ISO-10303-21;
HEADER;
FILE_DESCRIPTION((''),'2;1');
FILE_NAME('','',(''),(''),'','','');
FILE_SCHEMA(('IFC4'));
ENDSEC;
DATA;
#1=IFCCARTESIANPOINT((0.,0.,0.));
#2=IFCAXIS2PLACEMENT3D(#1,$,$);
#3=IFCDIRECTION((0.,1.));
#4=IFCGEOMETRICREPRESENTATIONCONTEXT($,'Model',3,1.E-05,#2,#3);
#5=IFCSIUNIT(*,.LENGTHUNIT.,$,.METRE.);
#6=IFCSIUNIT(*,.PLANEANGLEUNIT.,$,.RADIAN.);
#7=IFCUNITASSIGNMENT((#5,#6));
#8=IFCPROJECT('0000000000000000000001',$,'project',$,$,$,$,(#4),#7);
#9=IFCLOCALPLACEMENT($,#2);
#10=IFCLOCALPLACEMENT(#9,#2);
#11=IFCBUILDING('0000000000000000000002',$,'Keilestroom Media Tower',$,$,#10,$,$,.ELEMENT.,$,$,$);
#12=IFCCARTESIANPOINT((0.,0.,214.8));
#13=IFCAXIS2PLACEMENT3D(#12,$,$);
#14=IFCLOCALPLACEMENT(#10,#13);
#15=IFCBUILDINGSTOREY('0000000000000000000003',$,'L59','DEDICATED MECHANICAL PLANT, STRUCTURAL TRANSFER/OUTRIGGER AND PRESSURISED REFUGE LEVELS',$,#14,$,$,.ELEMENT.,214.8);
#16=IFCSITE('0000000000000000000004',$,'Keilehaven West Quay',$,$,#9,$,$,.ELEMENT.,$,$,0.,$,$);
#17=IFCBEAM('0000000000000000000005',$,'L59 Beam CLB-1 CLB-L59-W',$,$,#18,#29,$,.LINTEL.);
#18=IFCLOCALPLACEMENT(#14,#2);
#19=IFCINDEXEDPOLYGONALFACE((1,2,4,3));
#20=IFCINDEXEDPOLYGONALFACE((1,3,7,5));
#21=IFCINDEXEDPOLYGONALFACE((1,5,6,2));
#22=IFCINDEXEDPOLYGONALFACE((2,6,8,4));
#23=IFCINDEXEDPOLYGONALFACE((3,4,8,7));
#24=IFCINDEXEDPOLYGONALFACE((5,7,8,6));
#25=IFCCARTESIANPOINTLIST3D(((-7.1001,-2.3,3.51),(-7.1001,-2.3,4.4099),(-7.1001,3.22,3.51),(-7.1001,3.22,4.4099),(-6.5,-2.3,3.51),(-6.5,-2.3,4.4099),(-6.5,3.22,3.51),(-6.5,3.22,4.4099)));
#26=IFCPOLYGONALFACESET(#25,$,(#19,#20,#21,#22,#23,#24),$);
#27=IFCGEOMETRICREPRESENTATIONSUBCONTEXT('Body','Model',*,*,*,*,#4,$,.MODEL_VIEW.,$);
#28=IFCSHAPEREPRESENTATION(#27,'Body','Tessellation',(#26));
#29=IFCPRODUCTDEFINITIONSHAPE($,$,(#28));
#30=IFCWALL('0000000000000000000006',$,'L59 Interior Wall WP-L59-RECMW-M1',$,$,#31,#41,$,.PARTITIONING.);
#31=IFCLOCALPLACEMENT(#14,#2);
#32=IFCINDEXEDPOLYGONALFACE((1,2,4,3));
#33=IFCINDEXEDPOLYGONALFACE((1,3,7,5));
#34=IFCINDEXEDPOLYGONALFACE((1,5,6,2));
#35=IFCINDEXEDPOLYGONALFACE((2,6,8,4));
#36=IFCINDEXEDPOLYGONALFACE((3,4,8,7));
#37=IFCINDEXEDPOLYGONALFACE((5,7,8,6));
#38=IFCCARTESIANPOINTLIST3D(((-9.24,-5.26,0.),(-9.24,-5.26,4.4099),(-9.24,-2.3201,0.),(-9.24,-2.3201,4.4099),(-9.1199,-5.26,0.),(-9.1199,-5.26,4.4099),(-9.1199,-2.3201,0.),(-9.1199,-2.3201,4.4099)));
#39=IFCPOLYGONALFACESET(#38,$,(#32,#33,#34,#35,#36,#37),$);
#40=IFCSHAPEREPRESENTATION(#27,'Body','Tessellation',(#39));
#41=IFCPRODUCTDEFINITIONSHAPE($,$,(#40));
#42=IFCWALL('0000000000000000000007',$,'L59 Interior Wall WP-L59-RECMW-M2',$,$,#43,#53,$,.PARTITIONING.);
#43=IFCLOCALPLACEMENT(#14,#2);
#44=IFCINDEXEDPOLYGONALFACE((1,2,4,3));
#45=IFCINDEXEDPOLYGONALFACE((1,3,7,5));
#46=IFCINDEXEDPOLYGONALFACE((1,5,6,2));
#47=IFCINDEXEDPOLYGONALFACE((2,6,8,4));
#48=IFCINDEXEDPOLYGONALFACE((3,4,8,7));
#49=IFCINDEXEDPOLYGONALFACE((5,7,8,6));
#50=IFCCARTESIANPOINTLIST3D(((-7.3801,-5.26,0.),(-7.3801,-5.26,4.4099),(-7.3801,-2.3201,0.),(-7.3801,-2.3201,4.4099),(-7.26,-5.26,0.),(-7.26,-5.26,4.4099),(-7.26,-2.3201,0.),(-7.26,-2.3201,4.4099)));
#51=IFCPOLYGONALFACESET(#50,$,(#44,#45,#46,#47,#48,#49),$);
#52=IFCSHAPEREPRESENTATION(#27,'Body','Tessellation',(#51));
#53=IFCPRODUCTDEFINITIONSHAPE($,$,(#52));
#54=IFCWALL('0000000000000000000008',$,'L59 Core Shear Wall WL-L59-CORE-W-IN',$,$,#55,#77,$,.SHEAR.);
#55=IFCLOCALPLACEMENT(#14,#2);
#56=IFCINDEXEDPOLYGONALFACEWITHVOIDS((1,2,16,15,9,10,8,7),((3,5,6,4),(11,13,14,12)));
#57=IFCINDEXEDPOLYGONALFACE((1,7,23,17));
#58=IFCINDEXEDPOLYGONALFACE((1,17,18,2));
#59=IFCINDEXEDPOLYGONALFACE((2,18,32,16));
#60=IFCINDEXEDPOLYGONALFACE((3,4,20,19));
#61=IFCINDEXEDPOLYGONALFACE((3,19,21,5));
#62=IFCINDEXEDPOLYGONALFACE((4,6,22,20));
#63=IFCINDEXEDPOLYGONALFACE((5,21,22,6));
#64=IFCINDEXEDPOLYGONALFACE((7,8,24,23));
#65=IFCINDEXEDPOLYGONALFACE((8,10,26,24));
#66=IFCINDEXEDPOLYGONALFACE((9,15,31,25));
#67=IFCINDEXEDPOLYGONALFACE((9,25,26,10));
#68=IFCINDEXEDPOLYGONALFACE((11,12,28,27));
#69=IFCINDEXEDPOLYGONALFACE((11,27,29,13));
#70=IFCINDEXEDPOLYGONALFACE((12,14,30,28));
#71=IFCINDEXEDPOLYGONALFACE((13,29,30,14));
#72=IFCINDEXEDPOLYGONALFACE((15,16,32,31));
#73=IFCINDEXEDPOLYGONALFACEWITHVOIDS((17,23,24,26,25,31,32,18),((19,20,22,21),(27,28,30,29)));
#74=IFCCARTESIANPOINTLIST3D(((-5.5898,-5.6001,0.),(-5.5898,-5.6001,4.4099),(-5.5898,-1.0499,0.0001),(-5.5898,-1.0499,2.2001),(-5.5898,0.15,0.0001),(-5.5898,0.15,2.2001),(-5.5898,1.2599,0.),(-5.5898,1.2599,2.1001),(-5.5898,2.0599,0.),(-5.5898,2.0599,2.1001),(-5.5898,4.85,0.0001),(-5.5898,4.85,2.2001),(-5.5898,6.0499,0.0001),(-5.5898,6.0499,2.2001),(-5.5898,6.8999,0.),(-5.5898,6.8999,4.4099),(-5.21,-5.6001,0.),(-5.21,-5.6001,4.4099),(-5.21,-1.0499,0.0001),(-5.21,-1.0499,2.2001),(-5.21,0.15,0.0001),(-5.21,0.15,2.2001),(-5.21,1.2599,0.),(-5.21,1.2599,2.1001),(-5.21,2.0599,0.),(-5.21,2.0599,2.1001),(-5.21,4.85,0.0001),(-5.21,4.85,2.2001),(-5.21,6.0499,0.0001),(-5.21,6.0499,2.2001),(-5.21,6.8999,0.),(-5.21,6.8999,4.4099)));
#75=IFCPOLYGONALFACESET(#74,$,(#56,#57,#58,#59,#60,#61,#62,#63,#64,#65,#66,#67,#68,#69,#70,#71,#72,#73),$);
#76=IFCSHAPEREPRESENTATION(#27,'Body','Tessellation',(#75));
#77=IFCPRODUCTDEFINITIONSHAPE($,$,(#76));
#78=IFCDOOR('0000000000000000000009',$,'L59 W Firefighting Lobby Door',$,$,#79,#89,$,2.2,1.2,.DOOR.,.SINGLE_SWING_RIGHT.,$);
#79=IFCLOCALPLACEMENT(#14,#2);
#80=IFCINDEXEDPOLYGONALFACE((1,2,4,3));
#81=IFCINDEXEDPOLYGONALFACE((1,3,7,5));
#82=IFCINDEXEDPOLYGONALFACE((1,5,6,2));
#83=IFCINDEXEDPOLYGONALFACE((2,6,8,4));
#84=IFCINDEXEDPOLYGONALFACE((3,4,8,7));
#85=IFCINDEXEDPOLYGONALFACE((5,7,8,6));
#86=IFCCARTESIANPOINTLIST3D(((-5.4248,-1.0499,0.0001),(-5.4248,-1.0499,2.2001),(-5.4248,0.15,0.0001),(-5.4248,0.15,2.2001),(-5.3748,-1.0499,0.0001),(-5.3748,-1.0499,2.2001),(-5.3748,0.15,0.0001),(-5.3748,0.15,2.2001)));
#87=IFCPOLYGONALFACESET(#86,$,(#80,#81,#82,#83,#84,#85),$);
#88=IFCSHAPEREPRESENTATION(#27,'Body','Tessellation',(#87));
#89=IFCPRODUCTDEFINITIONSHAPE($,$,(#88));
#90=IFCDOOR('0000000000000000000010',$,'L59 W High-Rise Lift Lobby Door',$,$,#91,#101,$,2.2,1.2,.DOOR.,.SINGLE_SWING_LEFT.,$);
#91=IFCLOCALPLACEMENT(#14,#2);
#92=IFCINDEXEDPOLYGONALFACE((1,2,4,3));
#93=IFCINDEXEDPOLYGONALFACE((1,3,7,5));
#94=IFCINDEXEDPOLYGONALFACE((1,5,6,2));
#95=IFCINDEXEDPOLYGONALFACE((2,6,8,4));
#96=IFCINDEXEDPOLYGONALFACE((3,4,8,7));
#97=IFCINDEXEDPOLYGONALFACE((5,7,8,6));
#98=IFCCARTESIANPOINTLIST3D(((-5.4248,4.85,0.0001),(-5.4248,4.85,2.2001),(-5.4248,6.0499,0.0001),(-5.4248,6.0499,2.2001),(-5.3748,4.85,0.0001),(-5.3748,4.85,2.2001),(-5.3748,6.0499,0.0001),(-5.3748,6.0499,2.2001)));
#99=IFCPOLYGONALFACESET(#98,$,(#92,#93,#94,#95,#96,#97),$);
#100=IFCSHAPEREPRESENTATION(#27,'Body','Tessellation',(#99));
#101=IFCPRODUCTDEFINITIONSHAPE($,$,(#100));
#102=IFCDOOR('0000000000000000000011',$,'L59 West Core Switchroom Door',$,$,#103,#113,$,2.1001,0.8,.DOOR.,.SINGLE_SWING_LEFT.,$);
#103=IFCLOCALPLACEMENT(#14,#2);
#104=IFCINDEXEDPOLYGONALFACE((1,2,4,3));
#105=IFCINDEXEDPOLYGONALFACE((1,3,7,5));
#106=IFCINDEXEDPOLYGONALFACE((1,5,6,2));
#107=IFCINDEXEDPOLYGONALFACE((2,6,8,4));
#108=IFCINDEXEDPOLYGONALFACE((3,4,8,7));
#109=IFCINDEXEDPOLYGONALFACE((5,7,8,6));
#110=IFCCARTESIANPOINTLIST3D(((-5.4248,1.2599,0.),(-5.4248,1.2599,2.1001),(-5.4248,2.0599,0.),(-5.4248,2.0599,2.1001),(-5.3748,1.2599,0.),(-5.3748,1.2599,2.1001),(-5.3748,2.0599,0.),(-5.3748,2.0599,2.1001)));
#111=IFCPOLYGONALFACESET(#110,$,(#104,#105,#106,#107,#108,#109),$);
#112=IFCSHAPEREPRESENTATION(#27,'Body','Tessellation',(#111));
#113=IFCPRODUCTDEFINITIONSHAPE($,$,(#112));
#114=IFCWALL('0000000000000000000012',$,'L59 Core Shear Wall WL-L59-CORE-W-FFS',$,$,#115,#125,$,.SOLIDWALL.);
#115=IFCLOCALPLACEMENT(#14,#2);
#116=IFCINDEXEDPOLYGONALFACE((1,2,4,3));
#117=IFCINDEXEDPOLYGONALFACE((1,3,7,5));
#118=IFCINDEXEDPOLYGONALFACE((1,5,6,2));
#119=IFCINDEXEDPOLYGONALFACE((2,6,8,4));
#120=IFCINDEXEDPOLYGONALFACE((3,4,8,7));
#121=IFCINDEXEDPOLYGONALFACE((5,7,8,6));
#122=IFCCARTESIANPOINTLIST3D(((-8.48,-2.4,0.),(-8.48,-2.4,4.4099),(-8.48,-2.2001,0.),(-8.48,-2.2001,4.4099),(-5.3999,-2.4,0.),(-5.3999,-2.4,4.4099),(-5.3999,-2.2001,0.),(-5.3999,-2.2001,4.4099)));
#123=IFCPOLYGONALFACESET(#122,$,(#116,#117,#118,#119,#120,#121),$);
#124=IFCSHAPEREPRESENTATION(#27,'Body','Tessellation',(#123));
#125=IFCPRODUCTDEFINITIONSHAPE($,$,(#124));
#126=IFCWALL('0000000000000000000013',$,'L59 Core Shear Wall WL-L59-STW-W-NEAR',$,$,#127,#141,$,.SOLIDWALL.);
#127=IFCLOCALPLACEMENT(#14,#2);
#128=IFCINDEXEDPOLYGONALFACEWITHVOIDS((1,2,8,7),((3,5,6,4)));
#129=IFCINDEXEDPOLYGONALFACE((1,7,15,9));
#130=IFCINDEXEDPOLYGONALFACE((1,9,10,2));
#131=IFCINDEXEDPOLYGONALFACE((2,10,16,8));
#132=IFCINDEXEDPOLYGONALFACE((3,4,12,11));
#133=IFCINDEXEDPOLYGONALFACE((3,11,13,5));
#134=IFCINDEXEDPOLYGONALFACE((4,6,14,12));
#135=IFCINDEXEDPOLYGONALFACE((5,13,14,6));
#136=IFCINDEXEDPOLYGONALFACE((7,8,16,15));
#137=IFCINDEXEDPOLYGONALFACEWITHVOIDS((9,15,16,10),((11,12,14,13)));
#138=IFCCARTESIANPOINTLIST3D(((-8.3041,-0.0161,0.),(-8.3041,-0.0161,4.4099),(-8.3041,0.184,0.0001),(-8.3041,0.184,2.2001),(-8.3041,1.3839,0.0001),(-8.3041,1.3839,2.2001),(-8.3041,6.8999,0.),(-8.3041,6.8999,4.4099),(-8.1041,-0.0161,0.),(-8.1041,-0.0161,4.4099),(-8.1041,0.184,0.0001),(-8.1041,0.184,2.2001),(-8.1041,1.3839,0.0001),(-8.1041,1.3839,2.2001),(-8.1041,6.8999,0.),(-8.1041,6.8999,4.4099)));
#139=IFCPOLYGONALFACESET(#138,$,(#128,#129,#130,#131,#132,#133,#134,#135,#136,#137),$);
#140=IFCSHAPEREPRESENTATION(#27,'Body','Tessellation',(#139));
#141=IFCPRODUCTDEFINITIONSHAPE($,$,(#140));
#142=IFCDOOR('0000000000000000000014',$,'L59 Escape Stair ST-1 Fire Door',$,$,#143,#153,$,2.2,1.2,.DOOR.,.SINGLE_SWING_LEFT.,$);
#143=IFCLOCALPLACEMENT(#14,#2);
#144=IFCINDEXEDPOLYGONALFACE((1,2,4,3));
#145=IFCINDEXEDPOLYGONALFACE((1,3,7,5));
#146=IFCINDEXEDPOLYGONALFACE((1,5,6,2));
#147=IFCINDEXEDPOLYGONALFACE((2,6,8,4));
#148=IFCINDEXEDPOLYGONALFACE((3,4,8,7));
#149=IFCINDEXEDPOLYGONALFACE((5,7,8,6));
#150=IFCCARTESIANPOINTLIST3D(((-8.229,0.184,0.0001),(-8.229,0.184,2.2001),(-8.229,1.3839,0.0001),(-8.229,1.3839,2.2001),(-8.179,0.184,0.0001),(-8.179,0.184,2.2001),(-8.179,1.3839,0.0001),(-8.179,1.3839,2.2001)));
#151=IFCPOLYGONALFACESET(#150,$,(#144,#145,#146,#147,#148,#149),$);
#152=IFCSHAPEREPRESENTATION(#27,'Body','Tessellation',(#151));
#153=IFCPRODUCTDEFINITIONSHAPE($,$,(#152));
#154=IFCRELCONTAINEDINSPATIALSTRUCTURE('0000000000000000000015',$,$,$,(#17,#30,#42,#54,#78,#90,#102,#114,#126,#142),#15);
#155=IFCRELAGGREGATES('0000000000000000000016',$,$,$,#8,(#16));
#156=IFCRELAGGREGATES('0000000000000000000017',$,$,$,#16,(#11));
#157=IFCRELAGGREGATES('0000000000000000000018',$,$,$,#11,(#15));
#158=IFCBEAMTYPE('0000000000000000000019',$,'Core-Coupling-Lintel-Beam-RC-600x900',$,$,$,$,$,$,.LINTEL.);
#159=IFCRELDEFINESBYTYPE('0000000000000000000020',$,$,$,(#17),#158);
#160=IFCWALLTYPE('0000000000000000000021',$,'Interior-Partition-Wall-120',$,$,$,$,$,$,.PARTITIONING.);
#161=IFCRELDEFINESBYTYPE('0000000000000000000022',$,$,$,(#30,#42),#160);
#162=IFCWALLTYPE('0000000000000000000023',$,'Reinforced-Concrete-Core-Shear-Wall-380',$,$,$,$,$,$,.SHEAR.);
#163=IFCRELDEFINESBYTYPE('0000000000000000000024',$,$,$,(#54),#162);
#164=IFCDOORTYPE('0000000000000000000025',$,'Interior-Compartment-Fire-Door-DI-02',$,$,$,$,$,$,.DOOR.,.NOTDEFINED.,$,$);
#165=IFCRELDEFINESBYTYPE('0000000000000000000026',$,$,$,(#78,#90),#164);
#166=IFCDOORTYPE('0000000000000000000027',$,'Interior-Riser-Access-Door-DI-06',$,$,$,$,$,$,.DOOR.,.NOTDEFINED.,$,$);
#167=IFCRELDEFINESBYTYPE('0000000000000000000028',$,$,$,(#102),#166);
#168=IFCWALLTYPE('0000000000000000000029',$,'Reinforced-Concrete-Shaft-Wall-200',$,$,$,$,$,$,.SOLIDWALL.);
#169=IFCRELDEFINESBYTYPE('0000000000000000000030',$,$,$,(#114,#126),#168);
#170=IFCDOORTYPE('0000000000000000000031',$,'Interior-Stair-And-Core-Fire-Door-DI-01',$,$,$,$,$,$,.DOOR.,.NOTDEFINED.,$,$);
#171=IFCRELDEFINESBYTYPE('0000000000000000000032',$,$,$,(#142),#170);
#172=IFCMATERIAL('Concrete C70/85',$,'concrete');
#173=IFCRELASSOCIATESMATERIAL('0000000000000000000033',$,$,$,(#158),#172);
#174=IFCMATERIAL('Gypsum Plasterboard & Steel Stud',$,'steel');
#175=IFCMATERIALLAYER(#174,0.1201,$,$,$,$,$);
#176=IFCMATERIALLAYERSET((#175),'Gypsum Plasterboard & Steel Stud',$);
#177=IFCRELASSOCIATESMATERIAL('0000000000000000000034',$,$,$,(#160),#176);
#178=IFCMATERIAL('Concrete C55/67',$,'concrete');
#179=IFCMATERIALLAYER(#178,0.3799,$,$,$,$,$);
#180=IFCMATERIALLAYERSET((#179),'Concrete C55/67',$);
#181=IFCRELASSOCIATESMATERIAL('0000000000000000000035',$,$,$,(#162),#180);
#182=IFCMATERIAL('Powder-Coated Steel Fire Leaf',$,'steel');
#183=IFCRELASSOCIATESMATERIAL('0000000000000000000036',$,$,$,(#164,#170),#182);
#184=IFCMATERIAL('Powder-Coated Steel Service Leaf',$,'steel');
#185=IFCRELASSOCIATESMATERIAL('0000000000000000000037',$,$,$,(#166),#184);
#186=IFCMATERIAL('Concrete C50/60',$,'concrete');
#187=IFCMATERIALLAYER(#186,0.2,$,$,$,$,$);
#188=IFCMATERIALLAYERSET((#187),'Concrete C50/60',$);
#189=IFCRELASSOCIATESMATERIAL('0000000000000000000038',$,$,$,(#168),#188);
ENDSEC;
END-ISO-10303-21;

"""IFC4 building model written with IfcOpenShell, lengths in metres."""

from ifc_helpers import new_model, si_unit, direction, frame, frame_2d, origin, origin_2d, place, context, subcontext, project, spatial, rectangle, extrude, source, transform, mapped, material, layer, layer_set, material_profile, profile_set, type_object, element, fill, save


model = new_model("IFC4")

# Units and contexts
model_context = context("Model", 3, precision=1e-05, world=origin(), true_north=direction((0.0, 1.0)))
body_context = subcontext(model_context, "Body", "Model", "MODEL_VIEW")
ifc_project = project(units=[si_unit("LENGTHUNIT", "METRE"), si_unit("PLANEANGLEUNIT", "RADIAN")], contexts=[model_context])

# Site, building, storey
site_placement = place(None, origin())
site = spatial("IfcSite", under=ifc_project, at=site_placement, Name="Keilehaven West Quay", CompositionType="ELEMENT", RefElevation=0.0)
building_placement = place(site_placement, origin())
building = spatial("IfcBuilding", under=site, at=building_placement, Name="Keilestroom Media Tower", CompositionType="ELEMENT")
storey_placement = place(building_placement, frame((0.0, 0.0, 214.8)))
storey = spatial("IfcBuildingStorey", under=building, at=storey_placement, Name="L59", Description="DEDICATED MECHANICAL PLANT, STRUCTURAL TRANSFER/OUTRIGGER AND PRESSURISED REFUGE LEVELS", CompositionType="ELEMENT", Elevation=214.8)

# Beam
ifc_material_1 = material(Name="Concrete C70/85", Category="concrete")
ifc_material_profile = material_profile(ifc_material_1, rectangle(XDim=0.6001, YDim=0.8999, at=origin_2d()), Name="RC 600x900")
ifc_profile_set = profile_set([ifc_material_profile], Name="Concrete C70/85")
beam_type = type_object("IfcBeamType", Name="Core-Coupling-Lintel-Beam-RC-600x900", PredefinedType="LINTEL", material=ifc_profile_set)
shared_shape_1 = source(origin(), body_context, "Body", "SweptSolid", [
    extrude(rectangle(XDim=0.6001, YDim=0.8999, at=origin_2d()), origin(), (0.0, 0.0, 1.0), 5.52),
])
beam_placement = place(storey_placement, frame((-6.8, -2.3, 3.96), z_axis=(0.0, 1.0, 0.0), x_axis=(-1.0, 0.0, 0.0)))
element("IfcBeam", 1, at=beam_placement, inside=storey, type_object=beam_type, Name="L59 Beam CLB-1 CLB-L59-W", PredefinedType="LINTEL", context=body_context, shape_type="MappedRepresentation", body=[
    mapped(shared_shape_1, transform((0.0, 0.0, 0.0), x_axis=(1.0, 0.0, 0.0), y_axis=(0.0, 1.0, 0.0), z_axis=(0.0, 0.0, 1.0), scale=1.0)),
])

# Walls
ifc_material_2 = material(Name="Gypsum Plasterboard & Steel Stud", Category="steel")
ifc_layer_1 = layer(ifc_material_2, 0.1201)
ifc_layer_set_1 = layer_set([ifc_layer_1], Name="Gypsum Plasterboard & Steel Stud")
wall_type_1 = type_object("IfcWallType", Name="Interior-Partition-Wall-120", PredefinedType="PARTITIONING", material=ifc_layer_set_1)
for number, where, z_axis, x_axis, name in (
    (2, (-9.1799, -5.26, 0.0), (0.0, 0.0, 1.0), (0.0, 1.0, 0.0), "L59 Interior Wall WP-L59-RECMW-M1"),
    (3, (-7.3201, -5.26, 0.0), (0.0, 0.0, 1.0), (0.0, 1.0, 0.0), "L59 Interior Wall WP-L59-RECMW-M2"),
):
    element("IfcWall", number, at=place(storey_placement, frame(where, z_axis=z_axis, x_axis=x_axis)), inside=storey, type_object=wall_type_1, Name=name, PredefinedType="PARTITIONING", context=body_context, shape_type="SweptSolid", body=[
        extrude(rectangle(XDim=2.9399, YDim=0.1201, at=frame_2d((1.47, 0.0))), origin(), (0.0, 0.0, 1.0), 4.4099),
    ])

# Wall, openings, doors
ifc_material_3 = material(Name="Concrete C55/67", Category="concrete")
ifc_layer_2 = layer(ifc_material_3, 0.3799)
ifc_layer_set_2 = layer_set([ifc_layer_2], Name="Concrete C55/67")
wall_type_2 = type_object("IfcWallType", Name="Reinforced-Concrete-Core-Shear-Wall-380", PredefinedType="SHEAR", material=ifc_layer_set_2)
wall_1_placement = place(storey_placement, frame((-5.3999, -5.6001, 0.0), z_axis=(0.0, 0.0, 1.0), x_axis=(0.0, 1.0, 0.0)))
wall_1 = element("IfcWall", 4, at=wall_1_placement, inside=storey, type_object=wall_type_2, Name="L59 Core Shear Wall WL-L59-CORE-W-IN", PredefinedType="SHEAR", context=body_context, shape_type="SweptSolid", body=[
    extrude(rectangle(XDim=12.5, YDim=0.3799, at=frame_2d((6.25, 0.0))), origin(), (0.0, 0.0, 1.0), 4.4099),
])
opening_1_placement = place(wall_1_placement, frame((4.55, 0.0, 0.0)))
opening_1 = element("IfcOpeningElement", 5, at=opening_1_placement, cuts=wall_1, PredefinedType="OPENING", context=body_context, shape_type="SweptSolid", body=[
    extrude(rectangle(XDim=1.2, YDim=2.2, at=frame_2d((0.6001, 1.1001))), frame((0.0, 0.2, 0.0), z_axis=(0.0, -1.0, 0.0), x_axis=(1.0, 0.0, 0.0)), (0.0, 0.0, 1.0), 0.3999),
])
opening_2_placement = place(wall_1_placement, frame((10.45, 0.0, 0.0)))
opening_2 = element("IfcOpeningElement", 6, at=opening_2_placement, cuts=wall_1, PredefinedType="OPENING", context=body_context, shape_type="SweptSolid", body=[
    extrude(rectangle(XDim=1.2, YDim=2.2, at=frame_2d((0.6001, 1.1001))), frame((0.0, 0.2, 0.0), z_axis=(0.0, -1.0, 0.0), x_axis=(1.0, 0.0, 0.0)), (0.0, 0.0, 1.0), 0.3999),
])
opening_3_placement = place(wall_1_placement, frame((6.8601, 0.0, 0.0)))
opening_3 = element("IfcOpeningElement", 7, at=opening_3_placement, cuts=wall_1, PredefinedType="OPENING", context=body_context, shape_type="SweptSolid", body=[
    extrude(rectangle(XDim=0.8, YDim=2.1001, at=frame_2d((0.3999, 1.05))), frame((0.0, 0.2, 0.0), z_axis=(0.0, -1.0, 0.0), x_axis=(1.0, 0.0, 0.0)), (0.0, 0.0, 1.0), 0.3999),
])
ifc_material_4 = material(Name="Powder-Coated Steel Fire Leaf", Category="steel")
door_type_1 = type_object("IfcDoorType", Name="Interior-Compartment-Fire-Door-DI-02", OperationType="NOTDEFINED", PredefinedType="DOOR", material=ifc_material_4)
shared_shape_2 = source(origin(), body_context, "Body", "SweptSolid", [
    extrude(rectangle(XDim=1.2, YDim=2.2, at=frame_2d((0.6001, 1.1001))), frame((0.0, 0.0249, 0.0), z_axis=(0.0, -1.0, 0.0), x_axis=(1.0, 0.0, 0.0)), (0.0, 0.0, 1.0), 0.05),
])
door_1_placement = place(opening_1_placement, origin())
door_1 = element("IfcDoor", 8, at=door_1_placement, inside=storey, type_object=door_type_1, Name="L59 W Firefighting Lobby Door", OperationType="SINGLE_SWING_RIGHT", OverallHeight=2.2, OverallWidth=1.2, PredefinedType="DOOR", context=body_context, shape_type="MappedRepresentation", body=[
    mapped(shared_shape_2, transform((0.0, 0.0, 0.0), x_axis=(1.0, 0.0, 0.0), y_axis=(0.0, 1.0, 0.0), z_axis=(0.0, 0.0, 1.0), scale=1.0)),
])
fill(opening_1, door_1)
door_2_placement = place(opening_2_placement, origin())
door_2 = element("IfcDoor", 9, at=door_2_placement, inside=storey, type_object=door_type_1, Name="L59 W High-Rise Lift Lobby Door", OperationType="SINGLE_SWING_LEFT", OverallHeight=2.2, OverallWidth=1.2, PredefinedType="DOOR", context=body_context, shape_type="MappedRepresentation", body=[
    mapped(shared_shape_2, transform((0.0, 0.0, 0.0), x_axis=(1.0, 0.0, 0.0), y_axis=(0.0, 1.0, 0.0), z_axis=(0.0, 0.0, 1.0), scale=1.0)),
])
fill(opening_2, door_2)
ifc_material_5 = material(Name="Powder-Coated Steel Service Leaf", Category="steel")
door_type_2 = type_object("IfcDoorType", Name="Interior-Riser-Access-Door-DI-06", OperationType="NOTDEFINED", PredefinedType="DOOR", material=ifc_material_5)
shared_shape_3 = source(origin(), body_context, "Body", "SweptSolid", [
    extrude(rectangle(XDim=0.8, YDim=2.1001, at=frame_2d((0.3999, 1.05))), frame((0.0, 0.0249, 0.0), z_axis=(0.0, -1.0, 0.0), x_axis=(1.0, 0.0, 0.0)), (0.0, 0.0, 1.0), 0.05),
])
door_3_placement = place(opening_3_placement, origin())
door_3 = element("IfcDoor", 10, at=door_3_placement, inside=storey, type_object=door_type_2, Name="L59 West Core Switchroom Door", OperationType="SINGLE_SWING_LEFT", OverallHeight=2.1001, OverallWidth=0.8, PredefinedType="DOOR", context=body_context, shape_type="MappedRepresentation", body=[
    mapped(shared_shape_3, transform((0.0, 0.0, 0.0), x_axis=(1.0, 0.0, 0.0), y_axis=(0.0, 1.0, 0.0), z_axis=(0.0, 0.0, 1.0), scale=1.0)),
])
fill(opening_3, door_3)

# Wall
ifc_material_6 = material(Name="Concrete C50/60", Category="concrete")
ifc_layer_3 = layer(ifc_material_6, 0.2)
ifc_layer_set_3 = layer_set([ifc_layer_3], Name="Concrete C50/60")
wall_type_3 = type_object("IfcWallType", Name="Reinforced-Concrete-Shaft-Wall-200", PredefinedType="SOLIDWALL", material=ifc_layer_set_3)
wall_2_placement = place(storey_placement, frame((-8.48, -2.3, 0.0), z_axis=(0.0, 0.0, 1.0), x_axis=(1.0, 0.0, 0.0)))
element("IfcWall", 11, at=wall_2_placement, inside=storey, type_object=wall_type_3, Name="L59 Core Shear Wall WL-L59-CORE-W-FFS", PredefinedType="SOLIDWALL", context=body_context, shape_type="SweptSolid", body=[
    extrude(rectangle(XDim=3.0801, YDim=0.2, at=frame_2d((1.54, 0.0))), origin(), (0.0, 0.0, 1.0), 4.4099),
])

# Wall, opening, door
wall_3_placement = place(storey_placement, frame((-8.2041, -0.0161, 0.0), z_axis=(0.0, 0.0, 1.0), x_axis=(0.0, 1.0, 0.0)))
wall_3 = element("IfcWall", 12, at=wall_3_placement, inside=storey, type_object=wall_type_3, Name="L59 Core Shear Wall WL-L59-STW-W-NEAR", PredefinedType="SOLIDWALL", context=body_context, shape_type="SweptSolid", body=[
    extrude(rectangle(XDim=6.916, YDim=0.2, at=frame_2d((3.458, 0.0))), origin(), (0.0, 0.0, 1.0), 4.4099),
])
opening_4_placement = place(wall_3_placement, frame((0.2, 0.0, 0.0)))
opening_4 = element("IfcOpeningElement", 13, at=opening_4_placement, cuts=wall_3, PredefinedType="OPENING", context=body_context, shape_type="SweptSolid", body=[
    extrude(rectangle(XDim=1.2, YDim=2.2, at=frame_2d((0.6001, 1.1001))), frame((0.0, 0.1099, 0.0), z_axis=(0.0, -1.0, 0.0), x_axis=(1.0, 0.0, 0.0)), (0.0, 0.0, 1.0), 0.22),
])
door_type_3 = type_object("IfcDoorType", Name="Interior-Stair-And-Core-Fire-Door-DI-01", OperationType="NOTDEFINED", PredefinedType="DOOR", material=ifc_material_4)
door_4_placement = place(opening_4_placement, origin())
door_4 = element("IfcDoor", 14, at=door_4_placement, inside=storey, type_object=door_type_3, Name="L59 Escape Stair ST-1 Fire Door", OperationType="SINGLE_SWING_LEFT", OverallHeight=2.2, OverallWidth=1.2, PredefinedType="DOOR", context=body_context, shape_type="MappedRepresentation", body=[
    mapped(shared_shape_2, transform((0.0, 0.0, 0.0), x_axis=(1.0, 0.0, 0.0), y_axis=(0.0, 1.0, 0.0), z_axis=(0.0, 0.0, 1.0), scale=1.0)),
])
fill(opening_4, door_4)

save(model, "model.ifc")
